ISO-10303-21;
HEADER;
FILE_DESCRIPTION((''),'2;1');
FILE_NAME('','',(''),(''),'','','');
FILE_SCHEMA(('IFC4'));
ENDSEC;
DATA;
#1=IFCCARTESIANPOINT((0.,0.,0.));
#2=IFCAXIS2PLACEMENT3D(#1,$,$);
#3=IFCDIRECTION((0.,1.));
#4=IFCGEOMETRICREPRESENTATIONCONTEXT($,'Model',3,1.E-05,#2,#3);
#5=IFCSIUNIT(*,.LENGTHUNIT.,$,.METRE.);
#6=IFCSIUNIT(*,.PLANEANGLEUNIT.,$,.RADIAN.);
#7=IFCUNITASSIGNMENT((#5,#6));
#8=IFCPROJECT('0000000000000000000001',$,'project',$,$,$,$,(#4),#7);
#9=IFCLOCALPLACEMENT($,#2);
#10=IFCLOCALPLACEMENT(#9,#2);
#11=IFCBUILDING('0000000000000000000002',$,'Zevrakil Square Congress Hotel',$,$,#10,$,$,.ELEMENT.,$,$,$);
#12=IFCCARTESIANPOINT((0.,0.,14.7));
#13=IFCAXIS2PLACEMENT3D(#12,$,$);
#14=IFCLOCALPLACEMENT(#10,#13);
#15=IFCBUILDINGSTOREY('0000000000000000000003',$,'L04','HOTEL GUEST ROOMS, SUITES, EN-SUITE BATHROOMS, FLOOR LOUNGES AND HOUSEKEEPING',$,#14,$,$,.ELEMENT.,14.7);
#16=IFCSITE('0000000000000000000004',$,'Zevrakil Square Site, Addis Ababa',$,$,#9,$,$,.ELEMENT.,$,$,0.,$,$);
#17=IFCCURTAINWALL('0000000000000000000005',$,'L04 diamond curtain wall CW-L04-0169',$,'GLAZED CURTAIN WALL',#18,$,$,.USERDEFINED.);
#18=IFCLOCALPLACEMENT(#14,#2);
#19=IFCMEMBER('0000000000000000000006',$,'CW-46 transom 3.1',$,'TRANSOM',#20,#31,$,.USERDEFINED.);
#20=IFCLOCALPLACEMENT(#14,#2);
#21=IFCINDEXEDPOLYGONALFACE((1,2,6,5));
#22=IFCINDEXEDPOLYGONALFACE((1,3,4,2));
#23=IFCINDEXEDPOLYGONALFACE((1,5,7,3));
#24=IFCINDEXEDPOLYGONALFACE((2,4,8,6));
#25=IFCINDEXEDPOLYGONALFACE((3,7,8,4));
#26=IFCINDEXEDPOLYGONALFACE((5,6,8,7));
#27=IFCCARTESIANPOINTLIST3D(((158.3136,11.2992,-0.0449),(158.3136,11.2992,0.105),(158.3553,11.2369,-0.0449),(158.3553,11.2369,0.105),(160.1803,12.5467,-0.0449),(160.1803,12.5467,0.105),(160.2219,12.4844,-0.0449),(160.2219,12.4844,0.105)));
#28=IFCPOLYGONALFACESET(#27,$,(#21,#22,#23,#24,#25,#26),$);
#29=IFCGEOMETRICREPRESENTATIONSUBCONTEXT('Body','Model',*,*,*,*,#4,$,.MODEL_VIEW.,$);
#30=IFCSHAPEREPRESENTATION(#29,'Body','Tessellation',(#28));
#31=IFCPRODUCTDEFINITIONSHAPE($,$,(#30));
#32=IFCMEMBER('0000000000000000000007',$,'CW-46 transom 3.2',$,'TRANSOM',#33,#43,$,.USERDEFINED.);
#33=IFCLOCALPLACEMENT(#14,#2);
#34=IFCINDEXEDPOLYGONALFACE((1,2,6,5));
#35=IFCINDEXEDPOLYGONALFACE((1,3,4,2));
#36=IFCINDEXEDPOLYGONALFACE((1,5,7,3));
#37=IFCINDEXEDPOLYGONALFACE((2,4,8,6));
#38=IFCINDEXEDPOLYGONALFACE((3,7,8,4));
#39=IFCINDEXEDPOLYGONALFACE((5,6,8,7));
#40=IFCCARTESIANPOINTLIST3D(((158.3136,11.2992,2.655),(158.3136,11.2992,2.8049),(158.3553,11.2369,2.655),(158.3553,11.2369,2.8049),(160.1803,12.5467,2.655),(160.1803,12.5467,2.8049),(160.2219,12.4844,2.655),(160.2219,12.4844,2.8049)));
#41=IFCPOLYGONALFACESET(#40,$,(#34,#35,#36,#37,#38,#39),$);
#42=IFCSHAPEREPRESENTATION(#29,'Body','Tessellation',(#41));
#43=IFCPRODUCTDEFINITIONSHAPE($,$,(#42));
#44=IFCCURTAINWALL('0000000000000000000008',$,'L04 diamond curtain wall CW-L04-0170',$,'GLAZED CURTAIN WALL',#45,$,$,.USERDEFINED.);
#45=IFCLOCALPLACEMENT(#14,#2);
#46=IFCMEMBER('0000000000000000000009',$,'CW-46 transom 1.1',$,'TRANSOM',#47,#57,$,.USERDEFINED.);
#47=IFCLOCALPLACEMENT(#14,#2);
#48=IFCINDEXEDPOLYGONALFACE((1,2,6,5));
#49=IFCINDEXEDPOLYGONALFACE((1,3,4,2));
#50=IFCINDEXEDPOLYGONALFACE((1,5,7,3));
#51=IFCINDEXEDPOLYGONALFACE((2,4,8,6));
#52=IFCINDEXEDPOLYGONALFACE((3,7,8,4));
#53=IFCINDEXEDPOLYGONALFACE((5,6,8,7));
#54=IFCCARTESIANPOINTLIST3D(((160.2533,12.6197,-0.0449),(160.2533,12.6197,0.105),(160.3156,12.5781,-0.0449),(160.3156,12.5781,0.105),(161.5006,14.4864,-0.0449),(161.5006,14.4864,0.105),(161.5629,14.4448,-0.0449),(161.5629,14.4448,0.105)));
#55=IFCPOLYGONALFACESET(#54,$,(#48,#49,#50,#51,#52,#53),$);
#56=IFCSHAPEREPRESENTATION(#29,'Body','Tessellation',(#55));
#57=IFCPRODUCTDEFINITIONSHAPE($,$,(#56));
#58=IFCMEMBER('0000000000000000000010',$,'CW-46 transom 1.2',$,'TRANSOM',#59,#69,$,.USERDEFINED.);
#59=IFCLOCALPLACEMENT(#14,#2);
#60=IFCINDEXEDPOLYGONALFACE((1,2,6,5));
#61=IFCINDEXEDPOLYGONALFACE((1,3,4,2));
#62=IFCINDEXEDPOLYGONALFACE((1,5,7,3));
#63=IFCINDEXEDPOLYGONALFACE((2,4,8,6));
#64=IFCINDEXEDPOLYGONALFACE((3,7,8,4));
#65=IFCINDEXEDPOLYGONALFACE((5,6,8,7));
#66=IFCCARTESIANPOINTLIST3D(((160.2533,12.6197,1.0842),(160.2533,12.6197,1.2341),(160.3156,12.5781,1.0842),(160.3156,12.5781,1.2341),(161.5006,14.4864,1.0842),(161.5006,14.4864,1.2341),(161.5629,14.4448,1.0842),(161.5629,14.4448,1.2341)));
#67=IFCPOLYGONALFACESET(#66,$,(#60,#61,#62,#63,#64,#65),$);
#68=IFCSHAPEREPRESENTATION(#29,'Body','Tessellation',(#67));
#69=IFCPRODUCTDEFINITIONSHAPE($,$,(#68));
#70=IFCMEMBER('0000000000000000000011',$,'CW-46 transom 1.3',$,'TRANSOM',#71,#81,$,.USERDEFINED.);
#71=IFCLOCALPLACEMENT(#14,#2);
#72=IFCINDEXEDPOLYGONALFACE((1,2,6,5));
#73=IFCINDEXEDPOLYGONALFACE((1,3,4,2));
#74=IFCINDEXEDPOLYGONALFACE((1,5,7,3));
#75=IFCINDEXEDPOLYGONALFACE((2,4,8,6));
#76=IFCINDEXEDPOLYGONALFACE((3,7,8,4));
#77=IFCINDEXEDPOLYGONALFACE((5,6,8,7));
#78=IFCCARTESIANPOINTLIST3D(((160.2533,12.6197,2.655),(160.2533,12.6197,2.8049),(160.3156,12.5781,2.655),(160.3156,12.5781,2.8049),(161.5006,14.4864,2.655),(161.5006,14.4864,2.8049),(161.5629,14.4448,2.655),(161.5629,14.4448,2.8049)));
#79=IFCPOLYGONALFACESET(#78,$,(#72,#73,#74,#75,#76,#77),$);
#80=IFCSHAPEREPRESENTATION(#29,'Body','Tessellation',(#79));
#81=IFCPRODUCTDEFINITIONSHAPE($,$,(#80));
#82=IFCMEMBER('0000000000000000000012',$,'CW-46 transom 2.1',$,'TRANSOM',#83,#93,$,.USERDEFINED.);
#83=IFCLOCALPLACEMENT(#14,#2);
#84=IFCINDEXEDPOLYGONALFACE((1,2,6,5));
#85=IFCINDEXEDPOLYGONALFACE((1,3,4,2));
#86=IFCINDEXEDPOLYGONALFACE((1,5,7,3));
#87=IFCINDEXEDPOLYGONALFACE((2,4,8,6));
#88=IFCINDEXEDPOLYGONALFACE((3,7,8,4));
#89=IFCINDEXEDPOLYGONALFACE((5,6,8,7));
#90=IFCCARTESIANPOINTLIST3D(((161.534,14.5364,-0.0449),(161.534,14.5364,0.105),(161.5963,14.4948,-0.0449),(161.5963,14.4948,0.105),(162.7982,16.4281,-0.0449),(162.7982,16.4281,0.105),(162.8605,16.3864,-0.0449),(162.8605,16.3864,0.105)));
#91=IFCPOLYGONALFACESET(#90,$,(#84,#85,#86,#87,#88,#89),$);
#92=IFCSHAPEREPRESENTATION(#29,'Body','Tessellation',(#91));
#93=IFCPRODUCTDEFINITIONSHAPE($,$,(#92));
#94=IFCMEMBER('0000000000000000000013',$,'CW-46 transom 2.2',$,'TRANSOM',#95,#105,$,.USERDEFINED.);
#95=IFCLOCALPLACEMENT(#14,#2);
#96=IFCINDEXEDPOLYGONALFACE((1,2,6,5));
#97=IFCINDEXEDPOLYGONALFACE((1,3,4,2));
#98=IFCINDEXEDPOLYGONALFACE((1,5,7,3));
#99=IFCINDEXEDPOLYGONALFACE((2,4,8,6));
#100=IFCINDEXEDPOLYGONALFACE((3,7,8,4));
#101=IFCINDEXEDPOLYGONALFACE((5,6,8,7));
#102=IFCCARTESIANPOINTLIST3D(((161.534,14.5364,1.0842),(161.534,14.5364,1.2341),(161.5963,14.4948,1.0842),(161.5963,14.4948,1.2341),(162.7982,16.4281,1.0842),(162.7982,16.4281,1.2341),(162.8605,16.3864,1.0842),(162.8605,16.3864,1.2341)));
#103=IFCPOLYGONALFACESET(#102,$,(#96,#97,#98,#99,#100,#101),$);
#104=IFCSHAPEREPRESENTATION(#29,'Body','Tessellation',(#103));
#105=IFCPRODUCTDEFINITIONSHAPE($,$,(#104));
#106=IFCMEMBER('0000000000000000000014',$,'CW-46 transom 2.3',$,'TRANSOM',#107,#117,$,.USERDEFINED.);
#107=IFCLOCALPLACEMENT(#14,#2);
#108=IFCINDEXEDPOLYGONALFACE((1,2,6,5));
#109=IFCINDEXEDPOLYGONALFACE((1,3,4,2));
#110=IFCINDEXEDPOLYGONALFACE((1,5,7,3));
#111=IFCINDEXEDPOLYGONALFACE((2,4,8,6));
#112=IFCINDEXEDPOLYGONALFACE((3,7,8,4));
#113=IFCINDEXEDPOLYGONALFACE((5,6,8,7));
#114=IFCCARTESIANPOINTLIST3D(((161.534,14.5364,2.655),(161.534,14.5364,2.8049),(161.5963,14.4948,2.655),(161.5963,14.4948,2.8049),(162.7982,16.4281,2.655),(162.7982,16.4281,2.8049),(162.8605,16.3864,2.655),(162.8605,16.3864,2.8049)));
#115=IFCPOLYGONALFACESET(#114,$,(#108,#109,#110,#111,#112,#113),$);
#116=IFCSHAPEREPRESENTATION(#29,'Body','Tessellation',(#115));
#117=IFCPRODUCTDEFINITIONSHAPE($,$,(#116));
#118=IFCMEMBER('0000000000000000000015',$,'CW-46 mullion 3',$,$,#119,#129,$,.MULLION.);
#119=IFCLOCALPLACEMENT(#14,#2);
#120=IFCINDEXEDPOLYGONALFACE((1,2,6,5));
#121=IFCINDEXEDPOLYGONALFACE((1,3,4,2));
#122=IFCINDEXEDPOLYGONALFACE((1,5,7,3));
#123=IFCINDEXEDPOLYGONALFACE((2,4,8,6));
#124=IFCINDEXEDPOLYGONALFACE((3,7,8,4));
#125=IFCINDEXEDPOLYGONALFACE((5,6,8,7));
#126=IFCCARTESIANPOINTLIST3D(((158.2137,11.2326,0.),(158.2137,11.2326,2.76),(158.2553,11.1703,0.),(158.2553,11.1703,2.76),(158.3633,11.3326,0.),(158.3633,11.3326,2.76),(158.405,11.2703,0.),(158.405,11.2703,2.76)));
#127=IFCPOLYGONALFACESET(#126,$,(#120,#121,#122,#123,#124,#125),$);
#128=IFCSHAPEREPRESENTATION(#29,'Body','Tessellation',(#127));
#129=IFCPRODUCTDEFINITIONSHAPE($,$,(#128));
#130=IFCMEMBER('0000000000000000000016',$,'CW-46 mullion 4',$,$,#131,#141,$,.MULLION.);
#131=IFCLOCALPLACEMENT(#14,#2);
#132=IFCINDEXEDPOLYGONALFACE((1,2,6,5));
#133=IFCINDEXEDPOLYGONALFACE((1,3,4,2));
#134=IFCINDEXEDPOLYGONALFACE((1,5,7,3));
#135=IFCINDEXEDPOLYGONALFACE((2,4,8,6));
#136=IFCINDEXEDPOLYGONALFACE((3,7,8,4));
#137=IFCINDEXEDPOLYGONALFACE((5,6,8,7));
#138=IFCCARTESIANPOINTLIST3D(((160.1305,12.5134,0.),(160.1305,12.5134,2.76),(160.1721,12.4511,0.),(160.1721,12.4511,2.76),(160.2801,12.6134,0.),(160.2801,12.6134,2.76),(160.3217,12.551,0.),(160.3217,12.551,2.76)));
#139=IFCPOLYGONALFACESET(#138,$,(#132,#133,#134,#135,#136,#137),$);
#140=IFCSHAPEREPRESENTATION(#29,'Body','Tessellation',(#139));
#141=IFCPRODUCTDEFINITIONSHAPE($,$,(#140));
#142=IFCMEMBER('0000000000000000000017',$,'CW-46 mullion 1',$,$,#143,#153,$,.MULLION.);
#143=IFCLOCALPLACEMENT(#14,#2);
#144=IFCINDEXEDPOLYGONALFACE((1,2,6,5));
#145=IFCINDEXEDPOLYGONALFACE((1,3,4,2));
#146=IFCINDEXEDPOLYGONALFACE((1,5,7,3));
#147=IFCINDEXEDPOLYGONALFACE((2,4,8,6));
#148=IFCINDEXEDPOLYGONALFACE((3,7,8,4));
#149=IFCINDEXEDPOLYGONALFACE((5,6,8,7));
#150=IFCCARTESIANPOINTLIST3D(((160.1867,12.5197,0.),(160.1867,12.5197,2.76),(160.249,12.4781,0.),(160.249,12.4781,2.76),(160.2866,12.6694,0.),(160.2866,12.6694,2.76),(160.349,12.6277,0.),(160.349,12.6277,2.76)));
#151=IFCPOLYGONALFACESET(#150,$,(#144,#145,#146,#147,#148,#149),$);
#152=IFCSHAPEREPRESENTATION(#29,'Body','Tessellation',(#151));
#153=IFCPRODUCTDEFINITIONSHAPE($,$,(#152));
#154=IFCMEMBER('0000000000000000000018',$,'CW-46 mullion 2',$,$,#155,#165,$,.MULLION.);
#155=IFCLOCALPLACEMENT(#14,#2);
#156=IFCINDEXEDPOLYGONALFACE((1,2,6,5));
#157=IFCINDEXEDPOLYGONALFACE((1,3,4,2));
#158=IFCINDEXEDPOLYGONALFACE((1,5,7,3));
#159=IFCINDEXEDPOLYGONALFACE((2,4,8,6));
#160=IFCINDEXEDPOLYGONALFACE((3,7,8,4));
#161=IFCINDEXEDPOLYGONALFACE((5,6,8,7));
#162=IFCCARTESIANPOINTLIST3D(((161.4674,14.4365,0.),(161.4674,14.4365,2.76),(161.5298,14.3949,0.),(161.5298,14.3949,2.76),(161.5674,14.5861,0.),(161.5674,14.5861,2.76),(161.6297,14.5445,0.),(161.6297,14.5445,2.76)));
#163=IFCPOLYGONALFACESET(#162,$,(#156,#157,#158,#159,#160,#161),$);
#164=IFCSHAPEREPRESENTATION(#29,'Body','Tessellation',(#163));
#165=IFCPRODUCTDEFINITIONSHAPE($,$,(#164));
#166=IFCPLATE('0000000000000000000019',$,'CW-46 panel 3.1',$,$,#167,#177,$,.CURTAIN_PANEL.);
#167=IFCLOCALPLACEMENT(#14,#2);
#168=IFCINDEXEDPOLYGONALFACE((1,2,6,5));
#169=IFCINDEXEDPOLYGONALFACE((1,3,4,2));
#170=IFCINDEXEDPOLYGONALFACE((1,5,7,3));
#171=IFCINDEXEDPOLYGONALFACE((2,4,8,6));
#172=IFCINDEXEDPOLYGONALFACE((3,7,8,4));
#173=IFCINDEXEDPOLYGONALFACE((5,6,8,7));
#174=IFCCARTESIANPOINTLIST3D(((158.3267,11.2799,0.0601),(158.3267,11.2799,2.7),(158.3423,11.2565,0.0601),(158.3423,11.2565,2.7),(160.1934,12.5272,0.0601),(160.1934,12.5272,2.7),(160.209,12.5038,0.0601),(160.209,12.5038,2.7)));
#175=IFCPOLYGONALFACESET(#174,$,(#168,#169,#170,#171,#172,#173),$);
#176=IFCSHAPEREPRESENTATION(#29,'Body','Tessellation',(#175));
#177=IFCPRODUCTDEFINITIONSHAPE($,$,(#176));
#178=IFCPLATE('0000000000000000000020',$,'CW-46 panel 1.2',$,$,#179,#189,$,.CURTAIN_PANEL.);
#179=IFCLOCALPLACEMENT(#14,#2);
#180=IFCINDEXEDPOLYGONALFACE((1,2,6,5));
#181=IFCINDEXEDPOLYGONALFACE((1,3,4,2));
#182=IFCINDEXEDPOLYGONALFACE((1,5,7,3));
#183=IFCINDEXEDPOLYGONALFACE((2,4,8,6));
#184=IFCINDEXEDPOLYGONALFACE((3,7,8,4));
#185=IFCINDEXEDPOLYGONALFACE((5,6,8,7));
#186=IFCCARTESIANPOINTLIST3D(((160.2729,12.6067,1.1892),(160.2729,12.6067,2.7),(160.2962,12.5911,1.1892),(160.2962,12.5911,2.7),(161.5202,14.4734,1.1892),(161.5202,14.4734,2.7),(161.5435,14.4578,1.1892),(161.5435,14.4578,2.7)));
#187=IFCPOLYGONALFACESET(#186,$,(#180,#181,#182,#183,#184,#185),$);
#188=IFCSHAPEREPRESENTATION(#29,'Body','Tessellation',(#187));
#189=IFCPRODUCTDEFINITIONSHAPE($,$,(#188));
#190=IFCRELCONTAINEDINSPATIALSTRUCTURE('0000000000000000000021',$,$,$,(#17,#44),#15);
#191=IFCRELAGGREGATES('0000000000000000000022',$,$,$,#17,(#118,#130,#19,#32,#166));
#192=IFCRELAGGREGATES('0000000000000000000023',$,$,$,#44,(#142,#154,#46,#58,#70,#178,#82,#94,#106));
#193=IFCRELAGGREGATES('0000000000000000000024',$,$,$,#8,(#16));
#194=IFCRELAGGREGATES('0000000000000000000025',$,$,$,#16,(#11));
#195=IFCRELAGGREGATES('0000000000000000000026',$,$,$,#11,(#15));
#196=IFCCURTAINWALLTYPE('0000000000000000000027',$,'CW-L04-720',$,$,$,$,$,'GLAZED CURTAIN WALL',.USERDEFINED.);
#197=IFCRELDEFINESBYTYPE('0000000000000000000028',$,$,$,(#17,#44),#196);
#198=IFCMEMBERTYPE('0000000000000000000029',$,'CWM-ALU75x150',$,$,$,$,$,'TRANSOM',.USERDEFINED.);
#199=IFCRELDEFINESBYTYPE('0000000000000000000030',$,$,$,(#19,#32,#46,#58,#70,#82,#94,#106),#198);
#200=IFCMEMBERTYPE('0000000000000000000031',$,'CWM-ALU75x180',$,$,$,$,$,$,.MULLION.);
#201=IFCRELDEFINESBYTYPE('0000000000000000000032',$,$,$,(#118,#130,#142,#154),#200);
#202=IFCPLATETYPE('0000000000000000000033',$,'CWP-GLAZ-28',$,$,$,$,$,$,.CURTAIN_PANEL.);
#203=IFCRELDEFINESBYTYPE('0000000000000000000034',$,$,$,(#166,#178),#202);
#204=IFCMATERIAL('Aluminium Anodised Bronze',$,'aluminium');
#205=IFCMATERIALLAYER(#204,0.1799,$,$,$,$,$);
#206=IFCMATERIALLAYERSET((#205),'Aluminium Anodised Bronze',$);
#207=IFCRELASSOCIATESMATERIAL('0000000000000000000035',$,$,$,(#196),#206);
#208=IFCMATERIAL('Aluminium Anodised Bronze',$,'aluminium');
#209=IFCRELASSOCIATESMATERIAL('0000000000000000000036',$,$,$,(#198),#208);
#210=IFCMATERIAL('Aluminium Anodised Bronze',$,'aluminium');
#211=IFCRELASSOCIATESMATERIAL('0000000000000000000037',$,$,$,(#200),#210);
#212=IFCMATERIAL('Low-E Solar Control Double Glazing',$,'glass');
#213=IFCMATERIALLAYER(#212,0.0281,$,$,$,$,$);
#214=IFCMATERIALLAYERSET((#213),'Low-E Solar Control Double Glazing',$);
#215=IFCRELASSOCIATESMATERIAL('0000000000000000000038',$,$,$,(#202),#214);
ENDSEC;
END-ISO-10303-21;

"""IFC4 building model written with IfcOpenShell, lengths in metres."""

from ifc_helpers import new_model, si_unit, direction, frame, origin, origin_2d, place, context, subcontext, project, spatial, rectangle, extrude, material, layer, layer_set, material_profile, profile_set, type_object, element, aggregate, save


model = new_model("IFC4")

# Units and contexts
model_context = context("Model", 3, precision=1e-05, world=origin(), true_north=direction((0.0, 1.0)))
body_context = subcontext(model_context, "Body", "Model", "MODEL_VIEW")
ifc_project = project(units=[si_unit("LENGTHUNIT", "METRE"), si_unit("PLANEANGLEUNIT", "RADIAN")], contexts=[model_context])

# Site, building, storey
site_placement = place(None, origin())
site = spatial("IfcSite", under=ifc_project, at=site_placement, Name="Zevrakil Square Site, Addis Ababa", CompositionType="ELEMENT", RefElevation=0.0)
building_placement = place(site_placement, origin())
building = spatial("IfcBuilding", under=site, at=building_placement, Name="Zevrakil Square Congress Hotel", CompositionType="ELEMENT")
storey_placement = place(building_placement, frame((0.0, 0.0, 14.7)))
storey = spatial("IfcBuildingStorey", under=building, at=storey_placement, Name="L04", Description="HOTEL GUEST ROOMS, SUITES, EN-SUITE BATHROOMS, FLOOR LOUNGES AND HOUSEKEEPING", CompositionType="ELEMENT", Elevation=14.7)

# Curtain walls, members
ifc_material_1 = material(Name="Aluminium Anodised Bronze", Category="aluminium")
ifc_layer_1 = layer(ifc_material_1, 0.1799)
ifc_layer_set_1 = layer_set([ifc_layer_1], Name="Aluminium Anodised Bronze")
curtain_wall_type = type_object("IfcCurtainWallType", Name="CW-L04-720", ElementType="GLAZED CURTAIN WALL", PredefinedType="USERDEFINED", material=ifc_layer_set_1)
curtain_wall_1_placement = place(storey_placement, origin())
curtain_wall_1 = element("IfcCurtainWall", 1, at=curtain_wall_1_placement, inside=storey, type_object=curtain_wall_type, Name="L04 diamond curtain wall CW-L04-0169", ObjectType="GLAZED CURTAIN WALL", PredefinedType="USERDEFINED")
ifc_material_2 = material(Name="Aluminium Anodised Bronze", Category="aluminium")
ifc_material_profile_1 = material_profile(ifc_material_2, rectangle(XDim=0.075, YDim=0.1499, at=origin_2d()), Name="ALU 75x150")
ifc_profile_set_1 = profile_set([ifc_material_profile_1], Name="Aluminium Anodised Bronze")
member_type_1 = type_object("IfcMemberType", Name="CWM-ALU75x150", ElementType="TRANSOM", PredefinedType="USERDEFINED", material=ifc_profile_set_1)
member_1_placement = place(storey_placement, frame((158.3345, 11.2681, 0.03), z_axis=(0.831414, 0.555653, 0.0), x_axis=(-0.555653, 0.831414, 0.0)))
member_1 = element("IfcMember", 2, at=member_1_placement, type_object=member_type_1, Name="CW-46 transom 3.1", ObjectType="TRANSOM", PredefinedType="USERDEFINED", context=body_context, shape_type="SweptSolid", body=[
    extrude(rectangle(XDim=0.075, YDim=0.1499, at=origin_2d()), origin(), (0.0, 0.0, 1.0), 2.2451),
])
member_2_placement = place(storey_placement, frame((158.3345, 11.2681, 2.73), z_axis=(0.831414, 0.555653, 0.0), x_axis=(-0.555653, 0.831414, 0.0)))
member_2 = element("IfcMember", 3, at=member_2_placement, type_object=member_type_1, Name="CW-46 transom 3.2", ObjectType="TRANSOM", PredefinedType="USERDEFINED", context=body_context, shape_type="SweptSolid", body=[
    extrude(rectangle(XDim=0.075, YDim=0.1499, at=origin_2d()), origin(), (0.0, 0.0, 1.0), 2.2451),
])
curtain_wall_2_placement = place(storey_placement, origin())
curtain_wall_2 = element("IfcCurtainWall", 4, at=curtain_wall_2_placement, inside=storey, type_object=curtain_wall_type, Name="L04 diamond curtain wall CW-L04-0170", ObjectType="GLAZED CURTAIN WALL", PredefinedType="USERDEFINED")
member_3_placement = place(storey_placement, frame((160.2844, 12.5989, 0.03), z_axis=(0.555578, 0.831464, 0.0), x_axis=(-0.831464, 0.555578, 0.0)))
member_3 = element("IfcMember", 5, at=member_3_placement, type_object=member_type_1, Name="CW-46 transom 1.1", ObjectType="TRANSOM", PredefinedType="USERDEFINED", context=body_context, shape_type="SweptSolid", body=[
    extrude(rectangle(XDim=0.075, YDim=0.1499, at=origin_2d()), origin(), (0.0, 0.0, 1.0), 2.2451),
])
member_4_placement = place(storey_placement, frame((160.2844, 12.5989, 1.1592), z_axis=(0.555578, 0.831464, 0.0), x_axis=(-0.831464, 0.555578, 0.0)))
member_4 = element("IfcMember", 6, at=member_4_placement, type_object=member_type_1, Name="CW-46 transom 1.2", ObjectType="TRANSOM", PredefinedType="USERDEFINED", context=body_context, shape_type="SweptSolid", body=[
    extrude(rectangle(XDim=0.075, YDim=0.1499, at=origin_2d()), origin(), (0.0, 0.0, 1.0), 2.2451),
])
member_5_placement = place(storey_placement, frame((160.2844, 12.5989, 2.73), z_axis=(0.555578, 0.831464, 0.0), x_axis=(-0.831464, 0.555578, 0.0)))
member_5 = element("IfcMember", 7, at=member_5_placement, type_object=member_type_1, Name="CW-46 transom 1.3", ObjectType="TRANSOM", PredefinedType="USERDEFINED", context=body_context, shape_type="SweptSolid", body=[
    extrude(rectangle(XDim=0.075, YDim=0.1499, at=origin_2d()), origin(), (0.0, 0.0, 1.0), 2.2451),
])
member_6_placement = place(storey_placement, frame((161.5652, 14.5156, 0.03), z_axis=(0.555641, 0.831422, 0.0), x_axis=(-0.831422, 0.555641, 0.0)))
member_6 = element("IfcMember", 8, at=member_6_placement, type_object=member_type_1, Name="CW-46 transom 2.1", ObjectType="TRANSOM", PredefinedType="USERDEFINED", context=body_context, shape_type="SweptSolid", body=[
    extrude(rectangle(XDim=0.075, YDim=0.1499, at=origin_2d()), origin(), (0.0, 0.0, 1.0), 2.2751),
])
member_7_placement = place(storey_placement, frame((161.5652, 14.5156, 1.1592), z_axis=(0.555641, 0.831422, 0.0), x_axis=(-0.831422, 0.555641, 0.0)))
member_7 = element("IfcMember", 9, at=member_7_placement, type_object=member_type_1, Name="CW-46 transom 2.2", ObjectType="TRANSOM", PredefinedType="USERDEFINED", context=body_context, shape_type="SweptSolid", body=[
    extrude(rectangle(XDim=0.075, YDim=0.1499, at=origin_2d()), origin(), (0.0, 0.0, 1.0), 2.2751),
])
member_8_placement = place(storey_placement, frame((161.5652, 14.5156, 2.73), z_axis=(0.555641, 0.831422, 0.0), x_axis=(-0.831422, 0.555641, 0.0)))
member_8 = element("IfcMember", 10, at=member_8_placement, type_object=member_type_1, Name="CW-46 transom 2.3", ObjectType="TRANSOM", PredefinedType="USERDEFINED", context=body_context, shape_type="SweptSolid", body=[
    extrude(rectangle(XDim=0.075, YDim=0.1499, at=origin_2d()), origin(), (0.0, 0.0, 1.0), 2.2751),
])

# Members
ifc_material_3 = material(Name="Aluminium Anodised Bronze", Category="aluminium")
ifc_material_profile_2 = material_profile(ifc_material_3, rectangle(XDim=0.075, YDim=0.1799, at=origin_2d()), Name="ALU 75x180")
ifc_profile_set_2 = profile_set([ifc_material_profile_2], Name="Aluminium Anodised Bronze")
member_type_2 = type_object("IfcMemberType", Name="CWM-ALU75x180", PredefinedType="MULLION", material=ifc_profile_set_2)
member_9_placement = place(storey_placement, frame((158.3093, 11.2515, 0.0), z_axis=(0.0, 0.0, 1.0), x_axis=(-0.555576, 0.831466, 0.0)))
member_9 = element("IfcMember", 11, at=member_9_placement, type_object=member_type_2, Name="CW-46 mullion 3", PredefinedType="MULLION", context=body_context, shape_type="SweptSolid", body=[
    extrude(rectangle(XDim=0.075, YDim=0.1799, at=origin_2d()), origin(), (0.0, 0.0, 1.0), 2.76),
])
member_10_placement = place(storey_placement, frame((160.2261, 12.5322, 0.0), z_axis=(0.0, 0.0, 1.0), x_axis=(-0.555576, 0.831466, 0.0)))
member_10 = element("IfcMember", 12, at=member_10_placement, type_object=member_type_2, Name="CW-46 mullion 4", PredefinedType="MULLION", context=body_context, shape_type="SweptSolid", body=[
    extrude(rectangle(XDim=0.075, YDim=0.1799, at=origin_2d()), origin(), (0.0, 0.0, 1.0), 2.76),
])
member_11_placement = place(storey_placement, frame((160.2678, 12.5737, 0.0), z_axis=(0.0, 0.0, 1.0), x_axis=(-0.831466, 0.555576, 0.0)))
member_11 = element("IfcMember", 13, at=member_11_placement, type_object=member_type_2, Name="CW-46 mullion 1", PredefinedType="MULLION", context=body_context, shape_type="SweptSolid", body=[
    extrude(rectangle(XDim=0.075, YDim=0.1799, at=origin_2d()), origin(), (0.0, 0.0, 1.0), 2.76),
])
member_12_placement = place(storey_placement, frame((161.5486, 14.4905, 0.0), z_axis=(0.0, 0.0, 1.0), x_axis=(-0.831466, 0.555576, 0.0)))
member_12 = element("IfcMember", 14, at=member_12_placement, type_object=member_type_2, Name="CW-46 mullion 2", PredefinedType="MULLION", context=body_context, shape_type="SweptSolid", body=[
    extrude(rectangle(XDim=0.075, YDim=0.1799, at=origin_2d()), origin(), (0.0, 0.0, 1.0), 2.76),
])

# Plates
ifc_material_4 = material(Name="Low-E Solar Control Double Glazing", Category="glass")
ifc_layer_2 = layer(ifc_material_4, 0.0281)
ifc_layer_set_2 = layer_set([ifc_layer_2], Name="Low-E Solar Control Double Glazing")
plate_type_1 = type_object("IfcPlateType", Name="CWP-GLAZ-28", PredefinedType="CURTAIN_PANEL", material=ifc_layer_set_2)
plate_1_placement = place(storey_placement, frame((159.2678, 11.8918, 0.0601), z_axis=(0.0, 0.0, 1.0), x_axis=(0.831466, 0.555576, 0.0)))
plate_1 = element("IfcPlate", 15, at=plate_1_placement, type_object=plate_type_1, Name="CW-46 panel 3.1", PredefinedType="CURTAIN_PANEL", context=body_context, shape_type="SweptSolid", body=[
    extrude(rectangle(XDim=2.2451, YDim=0.0281, at=origin_2d()), origin(), (0.0, 0.0, 1.0), 2.6399),
])
plate_2_placement = place(storey_placement, frame((160.9082, 13.5322, 1.1892), z_axis=(0.0, 0.0, 1.0), x_axis=(0.555576, 0.831466, 0.0)))
plate_2 = element("IfcPlate", 16, at=plate_2_placement, type_object=plate_type_1, Name="CW-46 panel 1.2", PredefinedType="CURTAIN_PANEL", context=body_context, shape_type="SweptSolid", body=[
    extrude(rectangle(XDim=2.2451, YDim=0.0281, at=origin_2d()), origin(), (0.0, 0.0, 1.0), 1.5107),
])
aggregate(curtain_wall_1, [member_9, member_10, member_1, member_2, plate_1])
aggregate(curtain_wall_2, [member_11, member_12, member_3, member_4, member_5, plate_2, member_6, member_7, member_8])

save(model, "model.ifc")
